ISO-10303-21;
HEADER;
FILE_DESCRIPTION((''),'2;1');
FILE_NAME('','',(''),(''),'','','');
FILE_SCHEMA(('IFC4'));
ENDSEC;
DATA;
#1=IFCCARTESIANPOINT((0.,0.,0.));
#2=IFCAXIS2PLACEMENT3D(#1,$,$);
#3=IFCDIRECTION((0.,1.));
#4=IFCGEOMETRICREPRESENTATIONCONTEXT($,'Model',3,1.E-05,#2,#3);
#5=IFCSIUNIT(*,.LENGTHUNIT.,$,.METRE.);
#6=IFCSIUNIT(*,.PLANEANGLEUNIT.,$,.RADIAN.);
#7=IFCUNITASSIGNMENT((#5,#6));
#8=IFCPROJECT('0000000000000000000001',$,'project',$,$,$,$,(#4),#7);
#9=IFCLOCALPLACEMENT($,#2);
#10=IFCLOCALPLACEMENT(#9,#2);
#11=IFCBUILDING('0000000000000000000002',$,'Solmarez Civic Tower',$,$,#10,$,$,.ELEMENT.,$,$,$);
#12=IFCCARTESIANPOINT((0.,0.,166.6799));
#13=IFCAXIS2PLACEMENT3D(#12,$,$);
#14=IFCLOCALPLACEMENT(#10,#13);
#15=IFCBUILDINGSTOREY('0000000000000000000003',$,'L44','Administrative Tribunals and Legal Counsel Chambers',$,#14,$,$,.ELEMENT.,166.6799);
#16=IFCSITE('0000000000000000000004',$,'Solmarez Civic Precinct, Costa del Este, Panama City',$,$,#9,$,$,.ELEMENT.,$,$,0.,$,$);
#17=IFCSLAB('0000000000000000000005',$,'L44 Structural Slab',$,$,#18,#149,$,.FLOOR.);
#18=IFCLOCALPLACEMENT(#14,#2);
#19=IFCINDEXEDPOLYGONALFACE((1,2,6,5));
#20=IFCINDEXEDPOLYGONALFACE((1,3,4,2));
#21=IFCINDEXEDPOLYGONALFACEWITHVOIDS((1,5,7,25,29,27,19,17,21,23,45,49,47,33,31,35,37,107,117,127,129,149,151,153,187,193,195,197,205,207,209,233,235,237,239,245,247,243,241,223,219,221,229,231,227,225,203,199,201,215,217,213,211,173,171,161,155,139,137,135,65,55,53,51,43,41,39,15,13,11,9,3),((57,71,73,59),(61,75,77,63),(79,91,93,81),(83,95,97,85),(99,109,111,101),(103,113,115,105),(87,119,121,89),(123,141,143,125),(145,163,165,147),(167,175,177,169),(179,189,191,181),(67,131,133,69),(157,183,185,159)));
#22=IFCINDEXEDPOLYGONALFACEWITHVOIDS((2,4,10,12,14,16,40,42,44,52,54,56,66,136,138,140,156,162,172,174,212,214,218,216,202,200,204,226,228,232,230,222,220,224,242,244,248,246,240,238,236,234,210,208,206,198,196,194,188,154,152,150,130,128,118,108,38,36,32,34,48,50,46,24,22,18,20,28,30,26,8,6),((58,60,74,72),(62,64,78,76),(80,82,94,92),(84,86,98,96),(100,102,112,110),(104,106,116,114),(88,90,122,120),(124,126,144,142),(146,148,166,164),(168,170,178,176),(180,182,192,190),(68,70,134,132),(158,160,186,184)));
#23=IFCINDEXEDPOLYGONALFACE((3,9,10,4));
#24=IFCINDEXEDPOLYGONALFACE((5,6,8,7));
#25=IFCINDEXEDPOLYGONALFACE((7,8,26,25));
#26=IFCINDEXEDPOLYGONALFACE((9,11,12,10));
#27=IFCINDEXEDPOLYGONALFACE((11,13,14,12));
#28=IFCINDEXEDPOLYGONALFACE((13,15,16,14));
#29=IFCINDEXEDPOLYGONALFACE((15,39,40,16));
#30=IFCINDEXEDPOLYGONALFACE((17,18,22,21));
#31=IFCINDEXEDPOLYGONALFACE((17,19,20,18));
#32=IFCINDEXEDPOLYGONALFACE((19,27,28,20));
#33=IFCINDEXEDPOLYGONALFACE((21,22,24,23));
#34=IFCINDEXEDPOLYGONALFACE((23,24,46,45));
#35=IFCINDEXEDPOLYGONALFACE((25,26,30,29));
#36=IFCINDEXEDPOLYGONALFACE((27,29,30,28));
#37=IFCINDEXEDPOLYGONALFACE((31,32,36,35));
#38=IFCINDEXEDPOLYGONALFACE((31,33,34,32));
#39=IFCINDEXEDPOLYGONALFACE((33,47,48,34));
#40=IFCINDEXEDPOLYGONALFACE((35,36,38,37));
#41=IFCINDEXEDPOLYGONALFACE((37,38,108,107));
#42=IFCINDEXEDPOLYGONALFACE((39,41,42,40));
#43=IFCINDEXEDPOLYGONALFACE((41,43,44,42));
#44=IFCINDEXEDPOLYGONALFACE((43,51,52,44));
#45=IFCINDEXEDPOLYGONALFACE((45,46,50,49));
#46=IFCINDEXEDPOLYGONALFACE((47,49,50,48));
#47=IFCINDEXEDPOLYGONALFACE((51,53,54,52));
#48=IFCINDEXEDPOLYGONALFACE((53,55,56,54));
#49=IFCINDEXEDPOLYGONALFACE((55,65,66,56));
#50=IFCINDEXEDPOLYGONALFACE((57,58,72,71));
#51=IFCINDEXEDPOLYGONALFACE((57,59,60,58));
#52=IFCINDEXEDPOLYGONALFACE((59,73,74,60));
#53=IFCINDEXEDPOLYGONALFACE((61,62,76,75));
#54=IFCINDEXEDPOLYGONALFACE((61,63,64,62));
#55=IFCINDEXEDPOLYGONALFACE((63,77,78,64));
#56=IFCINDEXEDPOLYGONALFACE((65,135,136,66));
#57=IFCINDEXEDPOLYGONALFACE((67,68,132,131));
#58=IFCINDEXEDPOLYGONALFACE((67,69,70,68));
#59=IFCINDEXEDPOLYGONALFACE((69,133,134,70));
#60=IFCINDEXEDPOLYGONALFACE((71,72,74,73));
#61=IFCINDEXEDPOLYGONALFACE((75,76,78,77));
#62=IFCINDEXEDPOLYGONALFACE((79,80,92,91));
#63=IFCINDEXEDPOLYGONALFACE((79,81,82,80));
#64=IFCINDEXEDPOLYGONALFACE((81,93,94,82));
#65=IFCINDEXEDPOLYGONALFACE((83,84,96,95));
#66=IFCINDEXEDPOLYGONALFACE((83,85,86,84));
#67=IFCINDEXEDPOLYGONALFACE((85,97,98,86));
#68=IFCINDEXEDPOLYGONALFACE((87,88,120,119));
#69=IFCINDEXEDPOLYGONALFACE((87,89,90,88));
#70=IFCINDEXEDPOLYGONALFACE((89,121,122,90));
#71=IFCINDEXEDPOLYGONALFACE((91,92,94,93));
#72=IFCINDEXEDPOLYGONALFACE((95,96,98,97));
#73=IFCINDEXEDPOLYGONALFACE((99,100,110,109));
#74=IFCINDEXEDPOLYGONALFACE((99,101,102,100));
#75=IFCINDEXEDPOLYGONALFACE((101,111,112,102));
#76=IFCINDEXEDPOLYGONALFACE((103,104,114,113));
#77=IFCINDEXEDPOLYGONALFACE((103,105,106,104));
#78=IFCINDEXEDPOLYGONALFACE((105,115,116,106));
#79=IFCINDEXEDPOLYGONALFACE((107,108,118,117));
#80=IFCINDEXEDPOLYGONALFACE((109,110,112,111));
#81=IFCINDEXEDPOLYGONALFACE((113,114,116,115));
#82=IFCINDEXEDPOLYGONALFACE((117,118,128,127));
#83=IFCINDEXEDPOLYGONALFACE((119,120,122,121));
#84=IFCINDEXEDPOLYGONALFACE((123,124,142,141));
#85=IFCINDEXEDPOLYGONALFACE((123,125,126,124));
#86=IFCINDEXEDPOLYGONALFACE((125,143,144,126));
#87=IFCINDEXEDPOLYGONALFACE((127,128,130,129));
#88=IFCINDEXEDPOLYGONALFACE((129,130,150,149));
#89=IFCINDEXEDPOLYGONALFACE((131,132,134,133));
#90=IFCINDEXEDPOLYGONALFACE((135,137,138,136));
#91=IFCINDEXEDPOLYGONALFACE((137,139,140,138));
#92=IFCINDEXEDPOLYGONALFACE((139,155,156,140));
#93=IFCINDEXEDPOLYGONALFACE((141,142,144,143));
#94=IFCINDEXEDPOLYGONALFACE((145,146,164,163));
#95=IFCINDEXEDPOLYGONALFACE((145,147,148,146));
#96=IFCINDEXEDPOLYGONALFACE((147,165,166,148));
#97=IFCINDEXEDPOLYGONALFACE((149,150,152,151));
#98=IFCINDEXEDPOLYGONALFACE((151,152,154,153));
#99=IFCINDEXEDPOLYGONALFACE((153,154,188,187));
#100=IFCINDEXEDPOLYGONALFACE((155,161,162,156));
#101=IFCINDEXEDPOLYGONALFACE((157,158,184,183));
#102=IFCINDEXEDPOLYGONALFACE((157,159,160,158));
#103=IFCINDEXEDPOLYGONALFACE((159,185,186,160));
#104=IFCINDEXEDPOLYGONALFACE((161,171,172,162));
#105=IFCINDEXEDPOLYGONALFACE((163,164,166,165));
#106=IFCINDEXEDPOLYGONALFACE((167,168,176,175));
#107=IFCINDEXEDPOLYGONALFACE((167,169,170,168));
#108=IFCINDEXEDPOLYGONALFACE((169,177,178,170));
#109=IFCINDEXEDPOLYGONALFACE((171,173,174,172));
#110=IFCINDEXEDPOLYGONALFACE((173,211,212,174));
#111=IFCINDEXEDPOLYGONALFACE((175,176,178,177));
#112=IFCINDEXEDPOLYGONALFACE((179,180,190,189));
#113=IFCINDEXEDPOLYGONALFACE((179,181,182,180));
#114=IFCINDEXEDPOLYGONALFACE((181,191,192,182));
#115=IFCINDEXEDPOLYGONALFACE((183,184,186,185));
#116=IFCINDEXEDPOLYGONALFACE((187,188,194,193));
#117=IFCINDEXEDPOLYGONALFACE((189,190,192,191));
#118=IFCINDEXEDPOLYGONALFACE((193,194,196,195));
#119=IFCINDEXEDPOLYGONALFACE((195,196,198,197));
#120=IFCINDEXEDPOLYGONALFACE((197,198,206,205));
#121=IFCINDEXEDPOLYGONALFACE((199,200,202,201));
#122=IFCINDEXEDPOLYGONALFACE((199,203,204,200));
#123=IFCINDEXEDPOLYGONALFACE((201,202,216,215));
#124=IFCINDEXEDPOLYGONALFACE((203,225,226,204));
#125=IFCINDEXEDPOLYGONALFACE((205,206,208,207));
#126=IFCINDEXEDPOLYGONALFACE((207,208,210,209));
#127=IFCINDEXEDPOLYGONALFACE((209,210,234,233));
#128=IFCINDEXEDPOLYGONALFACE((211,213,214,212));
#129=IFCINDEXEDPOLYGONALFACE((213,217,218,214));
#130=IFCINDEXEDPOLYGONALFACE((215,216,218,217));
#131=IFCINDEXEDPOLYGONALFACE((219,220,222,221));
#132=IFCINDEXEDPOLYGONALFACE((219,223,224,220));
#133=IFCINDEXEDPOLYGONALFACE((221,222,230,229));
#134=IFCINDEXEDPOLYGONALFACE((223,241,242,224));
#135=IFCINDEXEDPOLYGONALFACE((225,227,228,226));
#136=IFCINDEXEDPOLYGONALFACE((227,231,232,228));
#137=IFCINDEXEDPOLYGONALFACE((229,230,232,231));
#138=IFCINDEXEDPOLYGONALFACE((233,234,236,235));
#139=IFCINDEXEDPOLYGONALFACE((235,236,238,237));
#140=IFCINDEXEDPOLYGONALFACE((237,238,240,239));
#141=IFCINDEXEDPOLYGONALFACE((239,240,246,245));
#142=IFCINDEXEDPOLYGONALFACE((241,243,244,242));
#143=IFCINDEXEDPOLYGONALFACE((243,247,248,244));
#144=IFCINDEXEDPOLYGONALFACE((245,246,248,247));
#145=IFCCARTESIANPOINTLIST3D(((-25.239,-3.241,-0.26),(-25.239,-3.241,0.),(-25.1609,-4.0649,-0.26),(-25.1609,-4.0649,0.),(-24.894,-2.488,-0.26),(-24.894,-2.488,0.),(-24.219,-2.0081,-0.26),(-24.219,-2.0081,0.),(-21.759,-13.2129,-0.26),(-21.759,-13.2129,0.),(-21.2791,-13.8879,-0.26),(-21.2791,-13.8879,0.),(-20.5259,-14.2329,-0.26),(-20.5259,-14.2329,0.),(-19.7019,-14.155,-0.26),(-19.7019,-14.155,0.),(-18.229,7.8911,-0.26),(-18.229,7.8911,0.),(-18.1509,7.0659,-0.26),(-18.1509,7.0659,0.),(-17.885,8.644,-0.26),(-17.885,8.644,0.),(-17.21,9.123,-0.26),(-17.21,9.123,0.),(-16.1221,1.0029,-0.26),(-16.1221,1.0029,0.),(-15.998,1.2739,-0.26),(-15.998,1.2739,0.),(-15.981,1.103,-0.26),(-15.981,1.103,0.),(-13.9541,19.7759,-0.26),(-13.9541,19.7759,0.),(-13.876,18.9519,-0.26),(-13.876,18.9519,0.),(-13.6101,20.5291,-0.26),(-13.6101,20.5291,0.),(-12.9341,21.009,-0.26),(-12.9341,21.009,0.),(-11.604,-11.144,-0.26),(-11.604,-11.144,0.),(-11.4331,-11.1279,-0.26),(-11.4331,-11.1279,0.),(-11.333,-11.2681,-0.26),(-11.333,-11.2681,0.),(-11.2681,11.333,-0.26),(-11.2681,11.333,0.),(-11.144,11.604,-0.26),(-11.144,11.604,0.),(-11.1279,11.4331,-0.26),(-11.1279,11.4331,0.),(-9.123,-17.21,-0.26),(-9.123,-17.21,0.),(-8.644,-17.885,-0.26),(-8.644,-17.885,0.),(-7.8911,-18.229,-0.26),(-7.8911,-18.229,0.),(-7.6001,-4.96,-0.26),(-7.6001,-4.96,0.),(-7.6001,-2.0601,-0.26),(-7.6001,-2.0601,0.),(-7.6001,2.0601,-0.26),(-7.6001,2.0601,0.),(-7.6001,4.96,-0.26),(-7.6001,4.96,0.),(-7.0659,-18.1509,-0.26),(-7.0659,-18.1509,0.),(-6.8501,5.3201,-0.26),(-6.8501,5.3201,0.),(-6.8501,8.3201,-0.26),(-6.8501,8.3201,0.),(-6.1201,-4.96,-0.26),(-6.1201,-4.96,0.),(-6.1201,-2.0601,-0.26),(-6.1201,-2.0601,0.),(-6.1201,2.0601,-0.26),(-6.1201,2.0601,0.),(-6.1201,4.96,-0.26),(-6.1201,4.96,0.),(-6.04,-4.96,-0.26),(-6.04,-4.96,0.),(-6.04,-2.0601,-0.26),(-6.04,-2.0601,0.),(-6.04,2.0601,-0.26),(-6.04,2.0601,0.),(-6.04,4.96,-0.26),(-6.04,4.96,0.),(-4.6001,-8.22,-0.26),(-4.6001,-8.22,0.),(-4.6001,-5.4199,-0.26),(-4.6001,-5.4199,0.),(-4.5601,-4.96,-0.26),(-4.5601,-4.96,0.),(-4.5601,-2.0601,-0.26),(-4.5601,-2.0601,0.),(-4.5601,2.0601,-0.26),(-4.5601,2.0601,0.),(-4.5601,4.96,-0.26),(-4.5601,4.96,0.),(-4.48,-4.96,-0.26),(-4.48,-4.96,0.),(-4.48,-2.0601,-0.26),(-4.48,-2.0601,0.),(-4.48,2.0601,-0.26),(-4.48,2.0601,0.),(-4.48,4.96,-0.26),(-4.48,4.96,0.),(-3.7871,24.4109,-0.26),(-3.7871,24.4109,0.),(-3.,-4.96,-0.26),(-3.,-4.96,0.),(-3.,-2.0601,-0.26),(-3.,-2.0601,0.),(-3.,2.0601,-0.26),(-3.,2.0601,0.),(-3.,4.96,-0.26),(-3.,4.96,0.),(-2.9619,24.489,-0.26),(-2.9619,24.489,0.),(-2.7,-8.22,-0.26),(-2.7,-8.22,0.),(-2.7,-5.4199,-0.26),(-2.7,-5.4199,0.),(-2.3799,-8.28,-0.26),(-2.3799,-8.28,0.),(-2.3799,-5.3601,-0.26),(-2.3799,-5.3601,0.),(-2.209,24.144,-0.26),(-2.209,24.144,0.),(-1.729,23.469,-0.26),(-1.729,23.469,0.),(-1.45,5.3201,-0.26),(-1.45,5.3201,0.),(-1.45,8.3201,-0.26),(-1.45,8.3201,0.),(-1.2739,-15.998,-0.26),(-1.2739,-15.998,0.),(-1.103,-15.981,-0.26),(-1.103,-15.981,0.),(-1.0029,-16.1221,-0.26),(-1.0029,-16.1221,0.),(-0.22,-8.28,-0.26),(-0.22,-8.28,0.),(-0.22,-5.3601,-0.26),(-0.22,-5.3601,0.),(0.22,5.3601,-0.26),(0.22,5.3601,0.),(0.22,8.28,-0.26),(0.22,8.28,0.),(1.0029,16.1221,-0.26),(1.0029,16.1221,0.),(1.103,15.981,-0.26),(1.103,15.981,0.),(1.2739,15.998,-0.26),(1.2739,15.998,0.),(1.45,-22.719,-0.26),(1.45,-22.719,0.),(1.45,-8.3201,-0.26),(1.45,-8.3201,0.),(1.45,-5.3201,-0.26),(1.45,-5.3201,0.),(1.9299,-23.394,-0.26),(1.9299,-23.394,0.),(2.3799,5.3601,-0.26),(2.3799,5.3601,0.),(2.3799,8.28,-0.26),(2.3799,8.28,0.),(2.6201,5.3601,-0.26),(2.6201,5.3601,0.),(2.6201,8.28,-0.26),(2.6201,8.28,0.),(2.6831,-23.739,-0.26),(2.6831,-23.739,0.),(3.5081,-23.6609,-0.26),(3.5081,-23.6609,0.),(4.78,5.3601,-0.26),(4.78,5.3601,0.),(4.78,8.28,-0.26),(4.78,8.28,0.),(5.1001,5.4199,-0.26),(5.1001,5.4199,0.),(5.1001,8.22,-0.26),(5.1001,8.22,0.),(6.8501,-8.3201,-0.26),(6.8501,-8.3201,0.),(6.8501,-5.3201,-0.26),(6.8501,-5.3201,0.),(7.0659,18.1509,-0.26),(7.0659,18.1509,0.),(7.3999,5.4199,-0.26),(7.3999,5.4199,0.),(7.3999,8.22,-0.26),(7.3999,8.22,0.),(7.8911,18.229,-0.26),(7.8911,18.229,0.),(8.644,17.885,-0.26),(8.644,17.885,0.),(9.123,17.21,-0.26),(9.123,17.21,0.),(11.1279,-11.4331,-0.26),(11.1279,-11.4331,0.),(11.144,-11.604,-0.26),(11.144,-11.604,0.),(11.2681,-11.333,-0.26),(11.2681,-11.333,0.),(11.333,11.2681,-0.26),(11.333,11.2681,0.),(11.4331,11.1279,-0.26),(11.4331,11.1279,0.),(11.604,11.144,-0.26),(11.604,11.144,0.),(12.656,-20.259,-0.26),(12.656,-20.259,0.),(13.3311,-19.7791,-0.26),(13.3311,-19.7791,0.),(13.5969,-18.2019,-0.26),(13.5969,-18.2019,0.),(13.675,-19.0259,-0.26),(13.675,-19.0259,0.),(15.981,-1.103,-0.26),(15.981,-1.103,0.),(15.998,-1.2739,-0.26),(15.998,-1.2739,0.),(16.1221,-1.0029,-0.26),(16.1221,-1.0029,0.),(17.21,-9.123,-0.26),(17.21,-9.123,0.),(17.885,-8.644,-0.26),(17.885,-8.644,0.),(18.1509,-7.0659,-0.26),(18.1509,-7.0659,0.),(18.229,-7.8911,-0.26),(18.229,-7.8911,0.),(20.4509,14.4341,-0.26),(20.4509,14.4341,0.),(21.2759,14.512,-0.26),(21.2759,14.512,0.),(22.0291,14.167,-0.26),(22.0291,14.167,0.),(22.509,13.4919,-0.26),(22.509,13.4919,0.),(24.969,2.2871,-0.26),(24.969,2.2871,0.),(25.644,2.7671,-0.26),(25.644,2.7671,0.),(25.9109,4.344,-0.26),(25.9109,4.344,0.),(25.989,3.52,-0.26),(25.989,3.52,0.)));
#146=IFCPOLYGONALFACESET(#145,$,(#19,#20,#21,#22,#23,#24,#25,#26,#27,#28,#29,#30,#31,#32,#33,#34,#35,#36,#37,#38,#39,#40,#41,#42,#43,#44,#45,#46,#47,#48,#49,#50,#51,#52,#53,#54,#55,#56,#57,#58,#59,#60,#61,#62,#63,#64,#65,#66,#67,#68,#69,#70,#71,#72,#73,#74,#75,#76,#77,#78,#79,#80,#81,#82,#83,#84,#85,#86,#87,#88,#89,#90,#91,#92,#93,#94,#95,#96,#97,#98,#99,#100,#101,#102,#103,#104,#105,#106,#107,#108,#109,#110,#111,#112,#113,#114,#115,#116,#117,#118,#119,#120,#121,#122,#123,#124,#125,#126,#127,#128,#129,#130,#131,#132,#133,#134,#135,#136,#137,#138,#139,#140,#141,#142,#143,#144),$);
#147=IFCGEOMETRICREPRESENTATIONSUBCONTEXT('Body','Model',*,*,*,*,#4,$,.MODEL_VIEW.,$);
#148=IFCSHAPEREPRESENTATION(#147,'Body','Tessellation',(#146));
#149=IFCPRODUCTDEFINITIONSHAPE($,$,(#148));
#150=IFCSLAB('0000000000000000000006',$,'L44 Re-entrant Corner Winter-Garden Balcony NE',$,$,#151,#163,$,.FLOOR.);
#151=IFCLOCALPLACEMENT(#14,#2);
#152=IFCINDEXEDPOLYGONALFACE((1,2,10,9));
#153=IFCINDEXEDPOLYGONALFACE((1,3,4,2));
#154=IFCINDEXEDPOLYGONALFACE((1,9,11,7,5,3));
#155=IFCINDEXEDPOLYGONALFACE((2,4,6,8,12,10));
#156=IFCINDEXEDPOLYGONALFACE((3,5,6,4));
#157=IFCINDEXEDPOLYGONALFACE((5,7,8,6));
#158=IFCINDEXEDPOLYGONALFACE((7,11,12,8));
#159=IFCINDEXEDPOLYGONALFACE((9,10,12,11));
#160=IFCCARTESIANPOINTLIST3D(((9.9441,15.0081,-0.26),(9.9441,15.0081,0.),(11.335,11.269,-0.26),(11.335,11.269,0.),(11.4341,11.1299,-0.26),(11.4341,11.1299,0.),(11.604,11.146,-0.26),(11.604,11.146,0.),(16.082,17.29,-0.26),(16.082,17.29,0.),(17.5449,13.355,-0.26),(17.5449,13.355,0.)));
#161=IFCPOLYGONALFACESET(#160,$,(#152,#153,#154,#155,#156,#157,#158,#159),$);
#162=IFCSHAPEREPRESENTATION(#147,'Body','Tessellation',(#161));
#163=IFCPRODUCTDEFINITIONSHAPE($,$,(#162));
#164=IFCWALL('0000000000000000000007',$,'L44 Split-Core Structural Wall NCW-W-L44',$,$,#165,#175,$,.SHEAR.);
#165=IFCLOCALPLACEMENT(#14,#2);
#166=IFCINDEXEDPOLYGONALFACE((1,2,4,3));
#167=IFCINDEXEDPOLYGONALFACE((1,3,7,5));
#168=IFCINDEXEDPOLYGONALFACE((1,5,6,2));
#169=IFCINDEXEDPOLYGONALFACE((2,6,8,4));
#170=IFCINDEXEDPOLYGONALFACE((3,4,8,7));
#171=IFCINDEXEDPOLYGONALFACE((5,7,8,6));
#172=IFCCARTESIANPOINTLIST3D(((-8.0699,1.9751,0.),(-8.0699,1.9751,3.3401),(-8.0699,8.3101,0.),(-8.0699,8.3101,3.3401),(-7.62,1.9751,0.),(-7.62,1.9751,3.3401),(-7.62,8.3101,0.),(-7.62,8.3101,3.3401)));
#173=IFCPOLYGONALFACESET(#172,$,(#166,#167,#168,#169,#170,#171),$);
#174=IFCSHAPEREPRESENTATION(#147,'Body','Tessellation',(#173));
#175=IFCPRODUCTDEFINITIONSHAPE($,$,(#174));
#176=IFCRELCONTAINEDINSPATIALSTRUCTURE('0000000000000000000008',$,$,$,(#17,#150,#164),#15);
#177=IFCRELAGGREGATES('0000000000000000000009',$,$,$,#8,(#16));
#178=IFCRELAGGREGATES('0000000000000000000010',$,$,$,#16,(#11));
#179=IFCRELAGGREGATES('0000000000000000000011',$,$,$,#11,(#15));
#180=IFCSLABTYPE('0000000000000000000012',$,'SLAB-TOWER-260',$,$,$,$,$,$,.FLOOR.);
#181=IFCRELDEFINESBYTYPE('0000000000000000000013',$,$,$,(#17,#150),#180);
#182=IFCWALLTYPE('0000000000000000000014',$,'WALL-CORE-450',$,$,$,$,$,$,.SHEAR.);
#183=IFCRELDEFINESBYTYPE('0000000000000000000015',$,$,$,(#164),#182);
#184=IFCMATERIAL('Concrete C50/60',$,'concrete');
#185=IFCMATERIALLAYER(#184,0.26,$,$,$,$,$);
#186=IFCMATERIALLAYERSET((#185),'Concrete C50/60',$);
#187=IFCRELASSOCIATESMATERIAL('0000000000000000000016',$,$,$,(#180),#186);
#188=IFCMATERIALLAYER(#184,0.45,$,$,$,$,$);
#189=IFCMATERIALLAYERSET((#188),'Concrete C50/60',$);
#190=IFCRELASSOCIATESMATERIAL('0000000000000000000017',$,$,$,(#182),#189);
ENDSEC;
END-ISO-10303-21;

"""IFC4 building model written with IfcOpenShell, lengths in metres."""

from ifc_helpers import new_model, si_unit, direction, frame, frame_2d, origin, place, context, subcontext, project, spatial, polyline, rectangle, outline, extrude, material, layer, layer_set, type_object, element, save


model = new_model("IFC4")

# Units and contexts
model_context = context("Model", 3, precision=1e-05, world=origin(), true_north=direction((0.0, 1.0)))
body_context = subcontext(model_context, "Body", "Model", "MODEL_VIEW")
ifc_project = project(units=[si_unit("LENGTHUNIT", "METRE"), si_unit("PLANEANGLEUNIT", "RADIAN")], contexts=[model_context])

# Site, building, storey
site_placement = place(None, origin())
site = spatial("IfcSite", under=ifc_project, at=site_placement, Name="Solmarez Civic Precinct, Costa del Este, Panama City", CompositionType="ELEMENT", RefElevation=0.0)
building_placement = place(site_placement, origin())
building = spatial("IfcBuilding", under=site, at=building_placement, Name="Solmarez Civic Tower", CompositionType="ELEMENT")
storey_placement = place(building_placement, frame((0.0, 0.0, 166.6799)))
storey = spatial("IfcBuildingStorey", under=building, at=storey_placement, Name="L44", Description="Administrative Tribunals and Legal Counsel Chambers", CompositionType="ELEMENT", Elevation=166.6799)

# Shared definitions
ifc_material_1 = material(Name="Concrete C50/60", Category="concrete")

# Slabs
ifc_layer_1 = layer(ifc_material_1, 0.26)
ifc_layer_set_1 = layer_set([ifc_layer_1], Name="Concrete C50/60")
slab_type = type_object("IfcSlabType", Name="SLAB-TOWER-260", PredefinedType="FLOOR", material=ifc_layer_set_1)
slab_1_placement = place(storey_placement, frame((0.0, 0.0, -0.26)))
element("IfcSlab", 1, at=slab_1_placement, inside=storey, type_object=slab_type, Name="L44 Structural Slab", PredefinedType="FLOOR", context=body_context, shape_type="SweptSolid", body=[
    extrude(outline(polyline([(-11.333, -11.2681), (-9.123, -17.21), (-8.644, -17.885), (-7.8911, -18.229), (-7.0659, -18.1509), (-1.2739, -15.998), (-1.103, -15.981), (-1.0029, -16.1221), (1.45, -22.719), (1.9299, -23.394), (2.6831, -23.739), (3.5081, -23.6609), (12.656, -20.259), (13.3311, -19.7791), (13.675, -19.0259), (13.5969, -18.2019), (11.144, -11.604), (11.1279, -11.4331), (11.2681, -11.333), (17.21, -9.123), (17.885, -8.644), (18.229, -7.8911), (18.1509, -7.0659), (15.998, -1.2739), (15.981, -1.103), (16.1221, -1.0029), (24.969, 2.2871), (25.644, 2.7671), (25.989, 3.52), (25.9109, 4.344), (22.509, 13.4919), (22.0291, 14.167), (21.2759, 14.512), (20.4509, 14.4341), (11.604, 11.144), (11.4331, 11.1279), (11.333, 11.2681), (9.123, 17.21), (8.644, 17.885), (7.8911, 18.229), (7.0659, 18.1509), (1.2739, 15.998), (1.103, 15.981), (1.0029, 16.1221), (-1.729, 23.469), (-2.209, 24.144), (-2.9619, 24.489), (-3.7871, 24.4109), (-12.9341, 21.009), (-13.6101, 20.5291), (-13.9541, 19.7759), (-13.876, 18.9519), (-11.144, 11.604), (-11.1279, 11.4331), (-11.2681, 11.333), (-17.21, 9.123), (-17.885, 8.644), (-18.229, 7.8911), (-18.1509, 7.0659), (-15.998, 1.2739), (-15.981, 1.103), (-16.1221, 1.0029), (-24.219, -2.0081), (-24.894, -2.488), (-25.239, -3.241), (-25.1609, -4.0649), (-21.759, -13.2129), (-21.2791, -13.8879), (-20.5259, -14.2329), (-19.7019, -14.155), (-11.604, -11.144), (-11.4331, -11.1279), (-11.333, -11.2681)]), holes=[polyline([(-1.45, 8.3201), (-6.8501, 8.3201), (-6.8501, 5.3201), (-1.45, 5.3201), (-1.45, 8.3201)]), polyline([(1.45, -8.3201), (6.8501, -8.3201), (6.8501, -5.3201), (1.45, -5.3201), (1.45, -8.3201)]), polyline([(0.22, 5.3601), (2.3799, 5.3601), (2.3799, 8.28), (0.22, 8.28), (0.22, 5.3601)]), polyline([(2.6201, 5.3601), (4.78, 5.3601), (4.78, 8.28), (2.6201, 8.28), (2.6201, 5.3601)]), polyline([(-2.3799, -8.28), (-0.22, -8.28), (-0.22, -5.3601), (-2.3799, -5.3601), (-2.3799, -8.28)]), polyline([(-7.6001, -4.96), (-6.1201, -4.96), (-6.1201, -2.0601), (-7.6001, -2.0601), (-7.6001, -4.96)]), polyline([(-6.04, -4.96), (-4.5601, -4.96), (-4.5601, -2.0601), (-6.04, -2.0601), (-6.04, -4.96)]), polyline([(-4.48, -4.96), (-3.0, -4.96), (-3.0, -2.0601), (-4.48, -2.0601), (-4.48, -4.96)]), polyline([(-7.6001, 2.0601), (-6.1201, 2.0601), (-6.1201, 4.96), (-7.6001, 4.96), (-7.6001, 2.0601)]), polyline([(-6.04, 2.0601), (-4.5601, 2.0601), (-4.5601, 4.96), (-6.04, 4.96), (-6.04, 2.0601)]), polyline([(-4.48, 2.0601), (-3.0, 2.0601), (-3.0, 4.96), (-4.48, 4.96), (-4.48, 2.0601)]), polyline([(5.1001, 5.4199), (7.3999, 5.4199), (7.3999, 8.22), (5.1001, 8.22), (5.1001, 5.4199)]), polyline([(-4.6001, -8.22), (-2.7, -8.22), (-2.7, -5.4199), (-4.6001, -5.4199), (-4.6001, -8.22)])]), origin(), (0.0, 0.0, 1.0), 0.26),
])
slab_2_placement = place(storey_placement, frame((0.0, 0.0, -0.26)))
element("IfcSlab", 2, at=slab_2_placement, inside=storey, type_object=slab_type, Name="L44 Re-entrant Corner Winter-Garden Balcony NE", PredefinedType="FLOOR", context=body_context, shape_type="SweptSolid", body=[
    extrude(outline(polyline([(9.9441, 15.0081), (11.335, 11.269), (11.4341, 11.1299), (11.604, 11.146), (17.5449, 13.355), (16.082, 17.29), (9.9441, 15.0081)])), origin(), (0.0, 0.0, 1.0), 0.26),
])

# Wall
ifc_layer_2 = layer(ifc_material_1, 0.45)
ifc_layer_set_2 = layer_set([ifc_layer_2], Name="Concrete C50/60")
wall_type_1 = type_object("IfcWallType", Name="WALL-CORE-450", PredefinedType="SHEAR", material=ifc_layer_set_2)
wall_1_placement = place(storey_placement, frame((-7.845, 1.9751, 0.0), z_axis=(0.0, 0.0, 1.0), x_axis=(0.0, 1.0, 0.0)))
element("IfcWall", 3, at=wall_1_placement, inside=storey, type_object=wall_type_1, Name="L44 Split-Core Structural Wall NCW-W-L44", PredefinedType="SHEAR", context=body_context, shape_type="SweptSolid", body=[
    extrude(rectangle(XDim=6.335, YDim=0.45, at=frame_2d((3.1675, 0.0))), origin(), (0.0, 0.0, 1.0), 3.3401),
])

save(model, "model.ifc")
